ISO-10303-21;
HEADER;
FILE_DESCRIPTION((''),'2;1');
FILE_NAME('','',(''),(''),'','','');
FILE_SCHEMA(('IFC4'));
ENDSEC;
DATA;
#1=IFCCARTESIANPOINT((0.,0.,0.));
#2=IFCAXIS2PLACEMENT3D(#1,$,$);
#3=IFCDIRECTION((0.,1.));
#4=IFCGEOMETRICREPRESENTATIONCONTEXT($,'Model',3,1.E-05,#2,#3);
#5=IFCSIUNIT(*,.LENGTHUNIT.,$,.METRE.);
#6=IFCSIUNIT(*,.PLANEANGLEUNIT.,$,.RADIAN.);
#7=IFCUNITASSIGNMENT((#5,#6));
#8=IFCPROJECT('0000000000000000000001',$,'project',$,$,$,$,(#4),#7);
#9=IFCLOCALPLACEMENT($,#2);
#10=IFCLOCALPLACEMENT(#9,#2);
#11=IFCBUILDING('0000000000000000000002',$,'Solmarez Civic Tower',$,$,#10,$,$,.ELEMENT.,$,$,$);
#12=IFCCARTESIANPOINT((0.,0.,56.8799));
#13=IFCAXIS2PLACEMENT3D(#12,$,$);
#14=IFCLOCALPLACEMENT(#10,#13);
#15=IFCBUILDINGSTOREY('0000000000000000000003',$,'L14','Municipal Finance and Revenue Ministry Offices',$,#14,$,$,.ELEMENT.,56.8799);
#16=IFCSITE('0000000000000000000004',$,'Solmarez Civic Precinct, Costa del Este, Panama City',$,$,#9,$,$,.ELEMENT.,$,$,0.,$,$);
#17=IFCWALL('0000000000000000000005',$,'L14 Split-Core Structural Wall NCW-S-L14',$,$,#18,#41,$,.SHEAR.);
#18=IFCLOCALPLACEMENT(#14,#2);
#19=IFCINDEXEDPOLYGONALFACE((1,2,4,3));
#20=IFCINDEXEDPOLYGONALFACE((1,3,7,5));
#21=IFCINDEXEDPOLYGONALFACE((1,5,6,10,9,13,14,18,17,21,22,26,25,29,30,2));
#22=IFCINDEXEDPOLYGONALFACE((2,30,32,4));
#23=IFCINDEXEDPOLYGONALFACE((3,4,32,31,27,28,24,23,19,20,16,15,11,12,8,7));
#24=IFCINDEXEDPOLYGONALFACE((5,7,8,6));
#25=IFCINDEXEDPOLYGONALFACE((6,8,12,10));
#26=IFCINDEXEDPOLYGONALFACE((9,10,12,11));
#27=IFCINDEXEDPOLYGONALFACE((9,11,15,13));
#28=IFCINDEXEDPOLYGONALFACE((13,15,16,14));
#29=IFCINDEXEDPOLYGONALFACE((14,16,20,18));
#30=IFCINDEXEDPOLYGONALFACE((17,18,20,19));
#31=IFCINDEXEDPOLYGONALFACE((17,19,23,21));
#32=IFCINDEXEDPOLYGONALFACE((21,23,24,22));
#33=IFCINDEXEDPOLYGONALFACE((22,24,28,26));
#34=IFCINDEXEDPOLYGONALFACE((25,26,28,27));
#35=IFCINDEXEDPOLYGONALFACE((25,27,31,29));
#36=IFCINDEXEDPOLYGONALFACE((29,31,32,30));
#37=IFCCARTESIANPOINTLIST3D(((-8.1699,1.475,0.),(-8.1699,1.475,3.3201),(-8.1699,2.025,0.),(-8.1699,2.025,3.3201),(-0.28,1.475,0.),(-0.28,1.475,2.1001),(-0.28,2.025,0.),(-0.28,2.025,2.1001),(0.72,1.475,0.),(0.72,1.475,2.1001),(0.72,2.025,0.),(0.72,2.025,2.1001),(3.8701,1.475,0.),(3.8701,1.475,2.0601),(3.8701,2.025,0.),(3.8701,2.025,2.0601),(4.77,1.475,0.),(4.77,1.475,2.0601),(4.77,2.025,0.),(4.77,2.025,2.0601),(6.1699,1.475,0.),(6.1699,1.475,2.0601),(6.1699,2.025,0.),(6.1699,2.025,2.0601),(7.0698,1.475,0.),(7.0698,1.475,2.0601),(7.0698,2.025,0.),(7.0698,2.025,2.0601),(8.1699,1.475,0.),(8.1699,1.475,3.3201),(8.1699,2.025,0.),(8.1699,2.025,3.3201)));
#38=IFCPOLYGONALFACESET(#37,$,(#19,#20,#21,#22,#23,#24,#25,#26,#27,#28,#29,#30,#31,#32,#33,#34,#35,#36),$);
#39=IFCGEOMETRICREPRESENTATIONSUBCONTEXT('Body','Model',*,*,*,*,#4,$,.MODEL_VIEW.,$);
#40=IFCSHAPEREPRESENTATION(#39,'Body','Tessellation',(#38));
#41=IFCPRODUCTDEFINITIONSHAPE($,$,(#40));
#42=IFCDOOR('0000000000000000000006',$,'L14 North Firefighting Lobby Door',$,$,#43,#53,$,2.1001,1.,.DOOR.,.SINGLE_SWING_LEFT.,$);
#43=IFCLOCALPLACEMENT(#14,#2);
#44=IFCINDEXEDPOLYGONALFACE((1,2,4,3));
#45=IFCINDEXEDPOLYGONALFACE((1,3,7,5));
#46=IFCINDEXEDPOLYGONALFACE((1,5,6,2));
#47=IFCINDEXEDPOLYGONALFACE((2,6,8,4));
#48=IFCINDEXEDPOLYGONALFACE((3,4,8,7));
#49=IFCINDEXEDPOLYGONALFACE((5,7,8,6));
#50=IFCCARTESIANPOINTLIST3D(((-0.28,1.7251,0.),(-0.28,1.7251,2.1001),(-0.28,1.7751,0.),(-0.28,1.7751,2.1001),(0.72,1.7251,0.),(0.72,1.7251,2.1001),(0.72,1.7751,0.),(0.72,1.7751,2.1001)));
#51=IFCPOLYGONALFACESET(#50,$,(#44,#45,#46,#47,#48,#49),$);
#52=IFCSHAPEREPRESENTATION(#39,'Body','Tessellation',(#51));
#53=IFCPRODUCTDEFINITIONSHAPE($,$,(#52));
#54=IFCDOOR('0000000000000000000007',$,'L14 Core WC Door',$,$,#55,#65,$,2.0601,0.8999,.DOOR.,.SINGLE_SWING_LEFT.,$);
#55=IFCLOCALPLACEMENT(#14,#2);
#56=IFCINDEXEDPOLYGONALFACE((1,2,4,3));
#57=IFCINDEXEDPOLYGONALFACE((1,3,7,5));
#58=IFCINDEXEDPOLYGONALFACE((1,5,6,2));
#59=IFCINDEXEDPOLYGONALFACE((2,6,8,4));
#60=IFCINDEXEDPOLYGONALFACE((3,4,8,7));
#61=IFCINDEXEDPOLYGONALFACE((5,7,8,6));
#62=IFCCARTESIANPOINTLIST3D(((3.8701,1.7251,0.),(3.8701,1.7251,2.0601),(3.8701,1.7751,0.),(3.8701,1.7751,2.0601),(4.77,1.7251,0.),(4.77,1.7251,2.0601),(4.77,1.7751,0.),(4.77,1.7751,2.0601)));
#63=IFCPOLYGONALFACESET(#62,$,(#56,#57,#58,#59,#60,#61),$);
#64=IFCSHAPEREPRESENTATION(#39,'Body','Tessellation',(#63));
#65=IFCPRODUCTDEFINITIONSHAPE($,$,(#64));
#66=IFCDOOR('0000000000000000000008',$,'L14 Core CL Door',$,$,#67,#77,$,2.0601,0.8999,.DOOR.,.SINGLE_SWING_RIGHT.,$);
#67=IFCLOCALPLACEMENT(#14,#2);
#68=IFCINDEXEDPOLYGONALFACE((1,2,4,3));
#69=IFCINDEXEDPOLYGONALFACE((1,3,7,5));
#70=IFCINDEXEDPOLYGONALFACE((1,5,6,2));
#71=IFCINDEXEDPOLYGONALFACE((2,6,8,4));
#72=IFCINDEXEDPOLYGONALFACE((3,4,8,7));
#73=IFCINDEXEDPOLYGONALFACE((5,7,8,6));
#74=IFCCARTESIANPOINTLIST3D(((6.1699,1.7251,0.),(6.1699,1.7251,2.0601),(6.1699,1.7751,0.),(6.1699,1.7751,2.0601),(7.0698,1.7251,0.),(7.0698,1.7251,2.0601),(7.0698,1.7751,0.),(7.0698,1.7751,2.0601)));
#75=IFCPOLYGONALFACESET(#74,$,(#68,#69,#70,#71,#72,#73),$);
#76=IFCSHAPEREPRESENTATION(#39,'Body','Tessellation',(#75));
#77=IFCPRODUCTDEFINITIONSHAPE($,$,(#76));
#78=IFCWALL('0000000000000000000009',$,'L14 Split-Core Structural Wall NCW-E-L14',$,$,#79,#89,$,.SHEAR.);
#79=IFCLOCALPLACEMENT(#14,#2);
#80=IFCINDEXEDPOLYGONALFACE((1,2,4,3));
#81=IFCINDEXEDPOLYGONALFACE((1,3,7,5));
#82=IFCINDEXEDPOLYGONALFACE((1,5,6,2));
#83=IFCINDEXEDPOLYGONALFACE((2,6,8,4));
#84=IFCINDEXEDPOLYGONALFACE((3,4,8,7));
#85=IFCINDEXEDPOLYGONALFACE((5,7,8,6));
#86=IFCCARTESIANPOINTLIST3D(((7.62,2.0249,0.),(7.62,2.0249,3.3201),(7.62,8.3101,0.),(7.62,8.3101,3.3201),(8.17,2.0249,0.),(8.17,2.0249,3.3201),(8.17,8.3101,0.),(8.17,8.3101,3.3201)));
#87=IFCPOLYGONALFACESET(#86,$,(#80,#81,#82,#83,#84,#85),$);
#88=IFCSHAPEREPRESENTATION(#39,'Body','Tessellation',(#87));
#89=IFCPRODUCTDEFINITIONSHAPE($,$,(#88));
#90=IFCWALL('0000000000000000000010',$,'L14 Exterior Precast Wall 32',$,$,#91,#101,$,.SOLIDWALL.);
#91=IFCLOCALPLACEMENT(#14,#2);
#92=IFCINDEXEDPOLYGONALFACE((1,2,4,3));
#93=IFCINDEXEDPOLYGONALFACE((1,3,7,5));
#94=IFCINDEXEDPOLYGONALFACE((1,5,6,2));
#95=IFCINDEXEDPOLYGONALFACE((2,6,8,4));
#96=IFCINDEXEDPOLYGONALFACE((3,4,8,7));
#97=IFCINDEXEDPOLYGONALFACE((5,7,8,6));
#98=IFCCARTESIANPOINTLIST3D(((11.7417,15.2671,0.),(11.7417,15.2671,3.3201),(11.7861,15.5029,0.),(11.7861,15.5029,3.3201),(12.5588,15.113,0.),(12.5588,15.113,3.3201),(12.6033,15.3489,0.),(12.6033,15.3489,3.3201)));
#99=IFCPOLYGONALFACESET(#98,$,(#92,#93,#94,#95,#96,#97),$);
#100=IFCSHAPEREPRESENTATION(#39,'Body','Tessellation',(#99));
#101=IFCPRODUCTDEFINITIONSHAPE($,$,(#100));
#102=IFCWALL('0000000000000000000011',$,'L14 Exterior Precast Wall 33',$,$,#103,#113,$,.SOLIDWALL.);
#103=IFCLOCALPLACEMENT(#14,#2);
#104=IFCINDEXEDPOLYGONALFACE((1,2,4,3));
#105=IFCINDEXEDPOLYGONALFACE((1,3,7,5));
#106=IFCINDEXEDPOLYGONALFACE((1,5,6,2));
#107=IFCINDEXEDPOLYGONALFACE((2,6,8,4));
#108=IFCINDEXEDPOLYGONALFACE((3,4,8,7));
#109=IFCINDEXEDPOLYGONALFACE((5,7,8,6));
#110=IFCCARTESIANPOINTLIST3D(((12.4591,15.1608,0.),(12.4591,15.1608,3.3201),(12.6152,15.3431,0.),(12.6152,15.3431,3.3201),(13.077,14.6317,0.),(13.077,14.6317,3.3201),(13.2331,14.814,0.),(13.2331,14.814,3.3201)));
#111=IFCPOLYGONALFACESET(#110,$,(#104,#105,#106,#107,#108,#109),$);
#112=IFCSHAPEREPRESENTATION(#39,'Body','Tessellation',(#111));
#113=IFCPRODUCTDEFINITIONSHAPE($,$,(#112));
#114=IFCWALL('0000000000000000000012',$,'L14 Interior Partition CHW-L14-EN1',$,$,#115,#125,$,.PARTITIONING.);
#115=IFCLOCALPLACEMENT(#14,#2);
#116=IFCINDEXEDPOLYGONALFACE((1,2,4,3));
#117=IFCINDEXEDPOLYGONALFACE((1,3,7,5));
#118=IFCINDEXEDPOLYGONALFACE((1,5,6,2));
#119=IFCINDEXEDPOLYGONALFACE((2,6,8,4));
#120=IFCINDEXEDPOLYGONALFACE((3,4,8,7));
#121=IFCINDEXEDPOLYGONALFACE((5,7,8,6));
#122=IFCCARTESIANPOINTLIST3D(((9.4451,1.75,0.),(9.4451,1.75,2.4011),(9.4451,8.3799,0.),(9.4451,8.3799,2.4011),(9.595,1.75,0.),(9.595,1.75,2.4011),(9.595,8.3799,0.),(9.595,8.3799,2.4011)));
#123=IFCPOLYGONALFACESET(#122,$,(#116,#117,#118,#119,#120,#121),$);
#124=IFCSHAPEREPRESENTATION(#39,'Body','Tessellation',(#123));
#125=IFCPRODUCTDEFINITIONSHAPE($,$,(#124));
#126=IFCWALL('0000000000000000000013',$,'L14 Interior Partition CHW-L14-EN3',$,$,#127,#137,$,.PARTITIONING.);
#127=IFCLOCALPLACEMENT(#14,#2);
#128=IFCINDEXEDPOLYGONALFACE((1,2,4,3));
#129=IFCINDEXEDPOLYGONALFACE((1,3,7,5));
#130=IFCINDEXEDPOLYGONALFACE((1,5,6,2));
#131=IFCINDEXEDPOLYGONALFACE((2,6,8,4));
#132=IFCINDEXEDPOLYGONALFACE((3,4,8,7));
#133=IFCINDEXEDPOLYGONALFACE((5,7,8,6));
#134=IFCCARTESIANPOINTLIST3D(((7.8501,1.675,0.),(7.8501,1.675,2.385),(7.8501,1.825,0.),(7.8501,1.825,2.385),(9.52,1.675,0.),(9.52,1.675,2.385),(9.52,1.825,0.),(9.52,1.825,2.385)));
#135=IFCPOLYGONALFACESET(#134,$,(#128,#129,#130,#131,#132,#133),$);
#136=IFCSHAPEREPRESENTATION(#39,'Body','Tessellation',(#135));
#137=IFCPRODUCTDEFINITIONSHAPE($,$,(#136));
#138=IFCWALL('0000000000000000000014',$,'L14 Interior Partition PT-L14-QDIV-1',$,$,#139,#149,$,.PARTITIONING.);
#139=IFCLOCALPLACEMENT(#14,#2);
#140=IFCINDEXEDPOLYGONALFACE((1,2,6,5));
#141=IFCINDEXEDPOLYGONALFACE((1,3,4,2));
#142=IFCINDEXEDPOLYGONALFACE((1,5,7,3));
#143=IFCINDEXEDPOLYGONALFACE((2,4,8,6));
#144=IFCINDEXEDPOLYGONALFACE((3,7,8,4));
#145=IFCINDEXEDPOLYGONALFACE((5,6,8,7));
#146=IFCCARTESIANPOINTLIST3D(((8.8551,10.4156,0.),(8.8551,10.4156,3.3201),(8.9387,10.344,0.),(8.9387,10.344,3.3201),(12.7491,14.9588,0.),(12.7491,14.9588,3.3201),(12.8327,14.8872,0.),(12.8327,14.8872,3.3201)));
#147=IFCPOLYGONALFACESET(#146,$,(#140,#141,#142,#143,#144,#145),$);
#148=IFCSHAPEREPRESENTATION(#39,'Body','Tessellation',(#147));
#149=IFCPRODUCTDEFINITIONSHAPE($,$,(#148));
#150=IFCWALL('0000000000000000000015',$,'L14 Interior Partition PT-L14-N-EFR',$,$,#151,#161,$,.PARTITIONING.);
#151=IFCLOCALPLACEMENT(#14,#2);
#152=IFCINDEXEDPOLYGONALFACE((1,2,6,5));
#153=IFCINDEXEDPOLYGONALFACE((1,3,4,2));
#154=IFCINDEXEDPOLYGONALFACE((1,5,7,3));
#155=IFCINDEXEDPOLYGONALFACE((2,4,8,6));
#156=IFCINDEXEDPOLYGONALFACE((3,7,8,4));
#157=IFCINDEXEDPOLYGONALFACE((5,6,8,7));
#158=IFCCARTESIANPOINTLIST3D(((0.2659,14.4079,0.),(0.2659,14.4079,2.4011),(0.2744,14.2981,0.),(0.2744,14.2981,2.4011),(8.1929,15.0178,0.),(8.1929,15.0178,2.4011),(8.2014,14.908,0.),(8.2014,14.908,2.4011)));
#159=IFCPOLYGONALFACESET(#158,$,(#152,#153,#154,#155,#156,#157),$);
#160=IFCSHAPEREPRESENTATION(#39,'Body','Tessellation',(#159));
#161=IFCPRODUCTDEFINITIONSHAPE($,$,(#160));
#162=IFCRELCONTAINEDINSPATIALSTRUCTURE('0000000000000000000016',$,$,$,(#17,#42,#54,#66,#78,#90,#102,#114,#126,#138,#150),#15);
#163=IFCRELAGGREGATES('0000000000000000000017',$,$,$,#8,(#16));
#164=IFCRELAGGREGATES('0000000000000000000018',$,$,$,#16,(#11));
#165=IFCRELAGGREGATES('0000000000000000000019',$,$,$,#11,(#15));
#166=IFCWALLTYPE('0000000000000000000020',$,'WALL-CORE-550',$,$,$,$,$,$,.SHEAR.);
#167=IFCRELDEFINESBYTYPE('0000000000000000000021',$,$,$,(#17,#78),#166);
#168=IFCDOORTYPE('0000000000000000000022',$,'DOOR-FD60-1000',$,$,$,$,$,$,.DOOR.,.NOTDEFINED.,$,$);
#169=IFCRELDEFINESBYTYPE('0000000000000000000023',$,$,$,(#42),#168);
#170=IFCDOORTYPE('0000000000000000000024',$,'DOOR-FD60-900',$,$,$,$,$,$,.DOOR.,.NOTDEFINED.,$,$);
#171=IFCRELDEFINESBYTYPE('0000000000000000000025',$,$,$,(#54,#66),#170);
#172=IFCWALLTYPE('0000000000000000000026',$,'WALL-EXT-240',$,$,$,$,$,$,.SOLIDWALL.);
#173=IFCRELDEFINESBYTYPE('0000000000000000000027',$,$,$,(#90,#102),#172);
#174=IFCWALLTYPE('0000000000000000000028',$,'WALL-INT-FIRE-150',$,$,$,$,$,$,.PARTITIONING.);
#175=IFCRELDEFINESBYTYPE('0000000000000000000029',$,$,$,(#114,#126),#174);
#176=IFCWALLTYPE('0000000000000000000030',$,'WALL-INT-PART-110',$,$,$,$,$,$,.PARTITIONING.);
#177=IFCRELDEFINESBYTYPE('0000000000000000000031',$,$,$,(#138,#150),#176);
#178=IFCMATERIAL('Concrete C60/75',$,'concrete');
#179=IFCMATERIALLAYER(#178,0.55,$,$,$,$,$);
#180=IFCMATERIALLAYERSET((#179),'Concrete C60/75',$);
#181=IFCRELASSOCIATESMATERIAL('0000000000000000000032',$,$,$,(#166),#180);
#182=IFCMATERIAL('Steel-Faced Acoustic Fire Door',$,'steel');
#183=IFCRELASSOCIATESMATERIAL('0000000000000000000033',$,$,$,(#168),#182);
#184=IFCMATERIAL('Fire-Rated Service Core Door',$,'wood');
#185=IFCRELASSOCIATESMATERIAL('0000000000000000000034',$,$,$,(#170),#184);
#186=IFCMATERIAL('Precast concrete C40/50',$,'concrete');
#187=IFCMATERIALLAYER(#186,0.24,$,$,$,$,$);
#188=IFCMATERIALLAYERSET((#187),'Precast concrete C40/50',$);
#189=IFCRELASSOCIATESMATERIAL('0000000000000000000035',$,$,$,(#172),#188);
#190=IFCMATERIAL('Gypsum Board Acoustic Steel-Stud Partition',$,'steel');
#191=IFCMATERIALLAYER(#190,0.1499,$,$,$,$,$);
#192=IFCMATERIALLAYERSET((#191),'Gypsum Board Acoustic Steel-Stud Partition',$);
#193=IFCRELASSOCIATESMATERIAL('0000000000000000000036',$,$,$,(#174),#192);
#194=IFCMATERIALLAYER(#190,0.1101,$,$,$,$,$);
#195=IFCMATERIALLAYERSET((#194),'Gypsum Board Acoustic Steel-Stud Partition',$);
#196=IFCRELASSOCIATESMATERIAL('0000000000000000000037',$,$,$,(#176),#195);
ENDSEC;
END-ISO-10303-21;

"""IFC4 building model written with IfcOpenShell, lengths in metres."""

from ifc_helpers import new_model, si_unit, direction, frame, frame_2d, origin, place, context, subcontext, project, spatial, rectangle, extrude, material, layer, layer_set, type_object, element, fill, save


model = new_model("IFC4")

# Units and contexts
model_context = context("Model", 3, precision=1e-05, world=origin(), true_north=direction((0.0, 1.0)))
body_context = subcontext(model_context, "Body", "Model", "MODEL_VIEW")
ifc_project = project(units=[si_unit("LENGTHUNIT", "METRE"), si_unit("PLANEANGLEUNIT", "RADIAN")], contexts=[model_context])

# Site, building, storey
site_placement = place(None, origin())
site = spatial("IfcSite", under=ifc_project, at=site_placement, Name="Solmarez Civic Precinct, Costa del Este, Panama City", CompositionType="ELEMENT", RefElevation=0.0)
building_placement = place(site_placement, origin())
building = spatial("IfcBuilding", under=site, at=building_placement, Name="Solmarez Civic Tower", CompositionType="ELEMENT")
storey_placement = place(building_placement, frame((0.0, 0.0, 56.8799)))
storey = spatial("IfcBuildingStorey", under=building, at=storey_placement, Name="L14", Description="Municipal Finance and Revenue Ministry Offices", CompositionType="ELEMENT", Elevation=56.8799)

# Shared definitions
ifc_material_1 = material(Name="Concrete C60/75", Category="concrete")

# Wall, openings, doors
ifc_layer_1 = layer(ifc_material_1, 0.55)
ifc_layer_set_1 = layer_set([ifc_layer_1], Name="Concrete C60/75")
wall_type_1 = type_object("IfcWallType", Name="WALL-CORE-550", PredefinedType="SHEAR", material=ifc_layer_set_1)
wall_1_placement = place(storey_placement, frame((8.1699, 1.75, 0.0), z_axis=(0.0, 0.0, 1.0), x_axis=(-1.0, 0.0, 0.0)))
wall_1 = element("IfcWall", 1, at=wall_1_placement, inside=storey, type_object=wall_type_1, Name="L14 Split-Core Structural Wall NCW-S-L14", PredefinedType="SHEAR", context=body_context, shape_type="SweptSolid", body=[
    extrude(rectangle(XDim=16.3398, YDim=0.55, at=frame_2d((8.1699, 0.0))), origin(), (0.0, 0.0, 1.0), 3.3201),
])
opening_1_placement = place(wall_1_placement, frame((7.45, 0.0, 0.0)))
opening_1 = element("IfcOpeningElement", 2, at=opening_1_placement, cuts=wall_1, PredefinedType="OPENING", context=body_context, shape_type="SweptSolid", body=[
    extrude(rectangle(XDim=1.0, YDim=2.1001, at=frame_2d((0.5, 1.05))), frame((0.0, 0.2849, 0.0), z_axis=(0.0, -1.0, 0.0), x_axis=(1.0, 0.0, 0.0)), (0.0, 0.0, 1.0), 0.5701),
])
opening_2_placement = place(wall_1_placement, frame((3.3999, 0.0, 0.0)))
opening_2 = element("IfcOpeningElement", 3, at=opening_2_placement, cuts=wall_1, PredefinedType="OPENING", context=body_context, shape_type="SweptSolid", body=[
    extrude(rectangle(XDim=0.8999, YDim=2.0601, at=frame_2d((0.45, 1.03))), frame((0.0, 0.2849, 0.0), z_axis=(0.0, -1.0, 0.0), x_axis=(1.0, 0.0, 0.0)), (0.0, 0.0, 1.0), 0.5701),
])
opening_3_placement = place(wall_1_placement, frame((1.1001, 0.0, 0.0)))
opening_3 = element("IfcOpeningElement", 4, at=opening_3_placement, cuts=wall_1, PredefinedType="OPENING", context=body_context, shape_type="SweptSolid", body=[
    extrude(rectangle(XDim=0.8999, YDim=2.0601, at=frame_2d((0.45, 1.03))), frame((0.0, 0.2849, 0.0), z_axis=(0.0, -1.0, 0.0), x_axis=(1.0, 0.0, 0.0)), (0.0, 0.0, 1.0), 0.5701),
])
ifc_material_2 = material(Name="Steel-Faced Acoustic Fire Door", Category="steel")
door_type_1 = type_object("IfcDoorType", Name="DOOR-FD60-1000", OperationType="NOTDEFINED", PredefinedType="DOOR", material=ifc_material_2)
door_1_placement = place(opening_1_placement, origin())
door_1 = element("IfcDoor", 5, at=door_1_placement, inside=storey, type_object=door_type_1, Name="L14 North Firefighting Lobby Door", OperationType="SINGLE_SWING_LEFT", OverallHeight=2.1001, OverallWidth=1.0, PredefinedType="DOOR", context=body_context, shape_type="SweptSolid", body=[
    extrude(rectangle(XDim=1.0, YDim=2.1001, at=frame_2d((0.5, 1.05))), frame((0.0, 0.0249, 0.0), z_axis=(0.0, -1.0, 0.0), x_axis=(1.0, 0.0, 0.0)), (0.0, 0.0, 1.0), 0.05),
])
fill(opening_1, door_1)
ifc_material_3 = material(Name="Fire-Rated Service Core Door", Category="wood")
door_type_2 = type_object("IfcDoorType", Name="DOOR-FD60-900", OperationType="NOTDEFINED", PredefinedType="DOOR", material=ifc_material_3)
door_2_placement = place(opening_2_placement, origin())
door_2 = element("IfcDoor", 6, at=door_2_placement, inside=storey, type_object=door_type_2, Name="L14 Core WC Door", OperationType="SINGLE_SWING_LEFT", OverallHeight=2.0601, OverallWidth=0.8999, PredefinedType="DOOR", context=body_context, shape_type="SweptSolid", body=[
    extrude(rectangle(XDim=0.8999, YDim=2.0601, at=frame_2d((0.45, 1.03))), frame((0.0, 0.0249, 0.0), z_axis=(0.0, -1.0, 0.0), x_axis=(1.0, 0.0, 0.0)), (0.0, 0.0, 1.0), 0.05),
])
fill(opening_2, door_2)
door_3_placement = place(opening_3_placement, origin())
door_3 = element("IfcDoor", 7, at=door_3_placement, inside=storey, type_object=door_type_2, Name="L14 Core CL Door", OperationType="SINGLE_SWING_RIGHT", OverallHeight=2.0601, OverallWidth=0.8999, PredefinedType="DOOR", context=body_context, shape_type="SweptSolid", body=[
    extrude(rectangle(XDim=0.8999, YDim=2.0601, at=frame_2d((0.45, 1.03))), frame((0.0, 0.0249, 0.0), z_axis=(0.0, -1.0, 0.0), x_axis=(1.0, 0.0, 0.0)), (0.0, 0.0, 1.0), 0.05),
])
fill(opening_3, door_3)

# Walls
wall_2_placement = place(storey_placement, frame((7.895, 8.3101, 0.0), z_axis=(0.0, 0.0, 1.0), x_axis=(0.0, -1.0, 0.0)))
element("IfcWall", 8, at=wall_2_placement, inside=storey, type_object=wall_type_1, Name="L14 Split-Core Structural Wall NCW-E-L14", PredefinedType="SHEAR", context=body_context, shape_type="SweptSolid", body=[
    extrude(rectangle(XDim=6.2852, YDim=0.55, at=frame_2d((3.1426, 0.0))), origin(), (0.0, 0.0, 1.0), 3.3201),
])
ifc_material_4 = material(Name="Precast concrete C40/50", Category="concrete")
ifc_layer_2 = layer(ifc_material_4, 0.24)
ifc_layer_set_2 = layer_set([ifc_layer_2], Name="Precast concrete C40/50")
wall_type_2 = type_object("IfcWallType", Name="WALL-EXT-240", PredefinedType="SOLIDWALL", material=ifc_layer_set_2)
wall_3_placement = place(storey_placement, frame((11.7639, 15.385, 0.0), z_axis=(0.0, 0.0, 1.0), x_axis=(0.982689, -0.185263, 0.0)))
element("IfcWall", 9, at=wall_3_placement, inside=storey, type_object=wall_type_2, Name="L14 Exterior Precast Wall 32", PredefinedType="SOLIDWALL", context=body_context, shape_type="SweptSolid", body=[
    extrude(rectangle(XDim=0.8315, YDim=0.24, at=frame_2d((0.4158, 0.0))), origin(), (0.0, 0.0, 1.0), 3.3201),
])
wall_4_placement = place(storey_placement, frame((12.5371, 15.252, 0.0), z_axis=(0.0, 0.0, 1.0), x_axis=(0.759617, -0.650371, 0.0)))
element("IfcWall", 10, at=wall_4_placement, inside=storey, type_object=wall_type_2, Name="L14 Exterior Precast Wall 33", PredefinedType="SOLIDWALL", context=body_context, shape_type="SweptSolid", body=[
    extrude(rectangle(XDim=0.8135, YDim=0.24, at=frame_2d((0.4067, 0.0))), origin(), (0.0, 0.0, 1.0), 3.3201),
])
ifc_material_5 = material(Name="Gypsum Board Acoustic Steel-Stud Partition", Category="steel")
ifc_layer_3 = layer(ifc_material_5, 0.1499)
ifc_layer_set_3 = layer_set([ifc_layer_3], Name="Gypsum Board Acoustic Steel-Stud Partition")
wall_type_3 = type_object("IfcWallType", Name="WALL-INT-FIRE-150", PredefinedType="PARTITIONING", material=ifc_layer_set_3)
wall_5_placement = place(storey_placement, frame((9.52, 1.75, 0.0), z_axis=(0.0, 0.0, 1.0), x_axis=(0.0, 1.0, 0.0)))
element("IfcWall", 11, at=wall_5_placement, inside=storey, type_object=wall_type_3, Name="L14 Interior Partition CHW-L14-EN1", PredefinedType="PARTITIONING", context=body_context, shape_type="SweptSolid", body=[
    extrude(rectangle(XDim=6.6299, YDim=0.1499, at=frame_2d((3.3149, 0.0))), origin(), (0.0, 0.0, 1.0), 2.4011),
])
wall_6_placement = place(storey_placement, frame((7.8501, 1.75, 0.0), z_axis=(0.0, 0.0, 1.0), x_axis=(1.0, 0.0, 0.0)))
element("IfcWall", 12, at=wall_6_placement, inside=storey, type_object=wall_type_3, Name="L14 Interior Partition CHW-L14-EN3", PredefinedType="PARTITIONING", context=body_context, shape_type="SweptSolid", body=[
    extrude(rectangle(XDim=1.6699, YDim=0.1499, at=frame_2d((0.835, 0.0))), origin(), (0.0, 0.0, 1.0), 2.385),
])
ifc_layer_4 = layer(ifc_material_5, 0.1101)
ifc_layer_set_4 = layer_set([ifc_layer_4], Name="Gypsum Board Acoustic Steel-Stud Partition")
wall_type_4 = type_object("IfcWallType", Name="WALL-INT-PART-110", PredefinedType="PARTITIONING", material=ifc_layer_set_4)
wall_7_placement = place(storey_placement, frame((8.897, 10.3799, 0.0), z_axis=(0.0, 0.0, 1.0), x_axis=(0.650778, 0.759268, 0.0)))
element("IfcWall", 13, at=wall_7_placement, inside=storey, type_object=wall_type_4, Name="L14 Interior Partition PT-L14-QDIV-1", PredefinedType="PARTITIONING", context=body_context, shape_type="SweptSolid", body=[
    extrude(rectangle(XDim=5.9836, YDim=0.1101, at=frame_2d((2.9917, 0.0))), origin(), (0.0, 0.0, 1.0), 3.3201),
])
wall_8_placement = place(storey_placement, frame((8.197, 14.9629, 0.0), z_axis=(0.0, 0.0, 1.0), x_axis=(-0.997054, -0.076708, 0.0)))
element("IfcWall", 14, at=wall_8_placement, inside=storey, type_object=wall_type_4, Name="L14 Interior Partition PT-L14-N-EFR", PredefinedType="PARTITIONING", context=body_context, shape_type="SweptSolid", body=[
    extrude(rectangle(XDim=7.9504, YDim=0.1101, at=frame_2d((3.9751, 0.0))), origin(), (0.0, 0.0, 1.0), 2.4011),
])

save(model, "model.ifc")
